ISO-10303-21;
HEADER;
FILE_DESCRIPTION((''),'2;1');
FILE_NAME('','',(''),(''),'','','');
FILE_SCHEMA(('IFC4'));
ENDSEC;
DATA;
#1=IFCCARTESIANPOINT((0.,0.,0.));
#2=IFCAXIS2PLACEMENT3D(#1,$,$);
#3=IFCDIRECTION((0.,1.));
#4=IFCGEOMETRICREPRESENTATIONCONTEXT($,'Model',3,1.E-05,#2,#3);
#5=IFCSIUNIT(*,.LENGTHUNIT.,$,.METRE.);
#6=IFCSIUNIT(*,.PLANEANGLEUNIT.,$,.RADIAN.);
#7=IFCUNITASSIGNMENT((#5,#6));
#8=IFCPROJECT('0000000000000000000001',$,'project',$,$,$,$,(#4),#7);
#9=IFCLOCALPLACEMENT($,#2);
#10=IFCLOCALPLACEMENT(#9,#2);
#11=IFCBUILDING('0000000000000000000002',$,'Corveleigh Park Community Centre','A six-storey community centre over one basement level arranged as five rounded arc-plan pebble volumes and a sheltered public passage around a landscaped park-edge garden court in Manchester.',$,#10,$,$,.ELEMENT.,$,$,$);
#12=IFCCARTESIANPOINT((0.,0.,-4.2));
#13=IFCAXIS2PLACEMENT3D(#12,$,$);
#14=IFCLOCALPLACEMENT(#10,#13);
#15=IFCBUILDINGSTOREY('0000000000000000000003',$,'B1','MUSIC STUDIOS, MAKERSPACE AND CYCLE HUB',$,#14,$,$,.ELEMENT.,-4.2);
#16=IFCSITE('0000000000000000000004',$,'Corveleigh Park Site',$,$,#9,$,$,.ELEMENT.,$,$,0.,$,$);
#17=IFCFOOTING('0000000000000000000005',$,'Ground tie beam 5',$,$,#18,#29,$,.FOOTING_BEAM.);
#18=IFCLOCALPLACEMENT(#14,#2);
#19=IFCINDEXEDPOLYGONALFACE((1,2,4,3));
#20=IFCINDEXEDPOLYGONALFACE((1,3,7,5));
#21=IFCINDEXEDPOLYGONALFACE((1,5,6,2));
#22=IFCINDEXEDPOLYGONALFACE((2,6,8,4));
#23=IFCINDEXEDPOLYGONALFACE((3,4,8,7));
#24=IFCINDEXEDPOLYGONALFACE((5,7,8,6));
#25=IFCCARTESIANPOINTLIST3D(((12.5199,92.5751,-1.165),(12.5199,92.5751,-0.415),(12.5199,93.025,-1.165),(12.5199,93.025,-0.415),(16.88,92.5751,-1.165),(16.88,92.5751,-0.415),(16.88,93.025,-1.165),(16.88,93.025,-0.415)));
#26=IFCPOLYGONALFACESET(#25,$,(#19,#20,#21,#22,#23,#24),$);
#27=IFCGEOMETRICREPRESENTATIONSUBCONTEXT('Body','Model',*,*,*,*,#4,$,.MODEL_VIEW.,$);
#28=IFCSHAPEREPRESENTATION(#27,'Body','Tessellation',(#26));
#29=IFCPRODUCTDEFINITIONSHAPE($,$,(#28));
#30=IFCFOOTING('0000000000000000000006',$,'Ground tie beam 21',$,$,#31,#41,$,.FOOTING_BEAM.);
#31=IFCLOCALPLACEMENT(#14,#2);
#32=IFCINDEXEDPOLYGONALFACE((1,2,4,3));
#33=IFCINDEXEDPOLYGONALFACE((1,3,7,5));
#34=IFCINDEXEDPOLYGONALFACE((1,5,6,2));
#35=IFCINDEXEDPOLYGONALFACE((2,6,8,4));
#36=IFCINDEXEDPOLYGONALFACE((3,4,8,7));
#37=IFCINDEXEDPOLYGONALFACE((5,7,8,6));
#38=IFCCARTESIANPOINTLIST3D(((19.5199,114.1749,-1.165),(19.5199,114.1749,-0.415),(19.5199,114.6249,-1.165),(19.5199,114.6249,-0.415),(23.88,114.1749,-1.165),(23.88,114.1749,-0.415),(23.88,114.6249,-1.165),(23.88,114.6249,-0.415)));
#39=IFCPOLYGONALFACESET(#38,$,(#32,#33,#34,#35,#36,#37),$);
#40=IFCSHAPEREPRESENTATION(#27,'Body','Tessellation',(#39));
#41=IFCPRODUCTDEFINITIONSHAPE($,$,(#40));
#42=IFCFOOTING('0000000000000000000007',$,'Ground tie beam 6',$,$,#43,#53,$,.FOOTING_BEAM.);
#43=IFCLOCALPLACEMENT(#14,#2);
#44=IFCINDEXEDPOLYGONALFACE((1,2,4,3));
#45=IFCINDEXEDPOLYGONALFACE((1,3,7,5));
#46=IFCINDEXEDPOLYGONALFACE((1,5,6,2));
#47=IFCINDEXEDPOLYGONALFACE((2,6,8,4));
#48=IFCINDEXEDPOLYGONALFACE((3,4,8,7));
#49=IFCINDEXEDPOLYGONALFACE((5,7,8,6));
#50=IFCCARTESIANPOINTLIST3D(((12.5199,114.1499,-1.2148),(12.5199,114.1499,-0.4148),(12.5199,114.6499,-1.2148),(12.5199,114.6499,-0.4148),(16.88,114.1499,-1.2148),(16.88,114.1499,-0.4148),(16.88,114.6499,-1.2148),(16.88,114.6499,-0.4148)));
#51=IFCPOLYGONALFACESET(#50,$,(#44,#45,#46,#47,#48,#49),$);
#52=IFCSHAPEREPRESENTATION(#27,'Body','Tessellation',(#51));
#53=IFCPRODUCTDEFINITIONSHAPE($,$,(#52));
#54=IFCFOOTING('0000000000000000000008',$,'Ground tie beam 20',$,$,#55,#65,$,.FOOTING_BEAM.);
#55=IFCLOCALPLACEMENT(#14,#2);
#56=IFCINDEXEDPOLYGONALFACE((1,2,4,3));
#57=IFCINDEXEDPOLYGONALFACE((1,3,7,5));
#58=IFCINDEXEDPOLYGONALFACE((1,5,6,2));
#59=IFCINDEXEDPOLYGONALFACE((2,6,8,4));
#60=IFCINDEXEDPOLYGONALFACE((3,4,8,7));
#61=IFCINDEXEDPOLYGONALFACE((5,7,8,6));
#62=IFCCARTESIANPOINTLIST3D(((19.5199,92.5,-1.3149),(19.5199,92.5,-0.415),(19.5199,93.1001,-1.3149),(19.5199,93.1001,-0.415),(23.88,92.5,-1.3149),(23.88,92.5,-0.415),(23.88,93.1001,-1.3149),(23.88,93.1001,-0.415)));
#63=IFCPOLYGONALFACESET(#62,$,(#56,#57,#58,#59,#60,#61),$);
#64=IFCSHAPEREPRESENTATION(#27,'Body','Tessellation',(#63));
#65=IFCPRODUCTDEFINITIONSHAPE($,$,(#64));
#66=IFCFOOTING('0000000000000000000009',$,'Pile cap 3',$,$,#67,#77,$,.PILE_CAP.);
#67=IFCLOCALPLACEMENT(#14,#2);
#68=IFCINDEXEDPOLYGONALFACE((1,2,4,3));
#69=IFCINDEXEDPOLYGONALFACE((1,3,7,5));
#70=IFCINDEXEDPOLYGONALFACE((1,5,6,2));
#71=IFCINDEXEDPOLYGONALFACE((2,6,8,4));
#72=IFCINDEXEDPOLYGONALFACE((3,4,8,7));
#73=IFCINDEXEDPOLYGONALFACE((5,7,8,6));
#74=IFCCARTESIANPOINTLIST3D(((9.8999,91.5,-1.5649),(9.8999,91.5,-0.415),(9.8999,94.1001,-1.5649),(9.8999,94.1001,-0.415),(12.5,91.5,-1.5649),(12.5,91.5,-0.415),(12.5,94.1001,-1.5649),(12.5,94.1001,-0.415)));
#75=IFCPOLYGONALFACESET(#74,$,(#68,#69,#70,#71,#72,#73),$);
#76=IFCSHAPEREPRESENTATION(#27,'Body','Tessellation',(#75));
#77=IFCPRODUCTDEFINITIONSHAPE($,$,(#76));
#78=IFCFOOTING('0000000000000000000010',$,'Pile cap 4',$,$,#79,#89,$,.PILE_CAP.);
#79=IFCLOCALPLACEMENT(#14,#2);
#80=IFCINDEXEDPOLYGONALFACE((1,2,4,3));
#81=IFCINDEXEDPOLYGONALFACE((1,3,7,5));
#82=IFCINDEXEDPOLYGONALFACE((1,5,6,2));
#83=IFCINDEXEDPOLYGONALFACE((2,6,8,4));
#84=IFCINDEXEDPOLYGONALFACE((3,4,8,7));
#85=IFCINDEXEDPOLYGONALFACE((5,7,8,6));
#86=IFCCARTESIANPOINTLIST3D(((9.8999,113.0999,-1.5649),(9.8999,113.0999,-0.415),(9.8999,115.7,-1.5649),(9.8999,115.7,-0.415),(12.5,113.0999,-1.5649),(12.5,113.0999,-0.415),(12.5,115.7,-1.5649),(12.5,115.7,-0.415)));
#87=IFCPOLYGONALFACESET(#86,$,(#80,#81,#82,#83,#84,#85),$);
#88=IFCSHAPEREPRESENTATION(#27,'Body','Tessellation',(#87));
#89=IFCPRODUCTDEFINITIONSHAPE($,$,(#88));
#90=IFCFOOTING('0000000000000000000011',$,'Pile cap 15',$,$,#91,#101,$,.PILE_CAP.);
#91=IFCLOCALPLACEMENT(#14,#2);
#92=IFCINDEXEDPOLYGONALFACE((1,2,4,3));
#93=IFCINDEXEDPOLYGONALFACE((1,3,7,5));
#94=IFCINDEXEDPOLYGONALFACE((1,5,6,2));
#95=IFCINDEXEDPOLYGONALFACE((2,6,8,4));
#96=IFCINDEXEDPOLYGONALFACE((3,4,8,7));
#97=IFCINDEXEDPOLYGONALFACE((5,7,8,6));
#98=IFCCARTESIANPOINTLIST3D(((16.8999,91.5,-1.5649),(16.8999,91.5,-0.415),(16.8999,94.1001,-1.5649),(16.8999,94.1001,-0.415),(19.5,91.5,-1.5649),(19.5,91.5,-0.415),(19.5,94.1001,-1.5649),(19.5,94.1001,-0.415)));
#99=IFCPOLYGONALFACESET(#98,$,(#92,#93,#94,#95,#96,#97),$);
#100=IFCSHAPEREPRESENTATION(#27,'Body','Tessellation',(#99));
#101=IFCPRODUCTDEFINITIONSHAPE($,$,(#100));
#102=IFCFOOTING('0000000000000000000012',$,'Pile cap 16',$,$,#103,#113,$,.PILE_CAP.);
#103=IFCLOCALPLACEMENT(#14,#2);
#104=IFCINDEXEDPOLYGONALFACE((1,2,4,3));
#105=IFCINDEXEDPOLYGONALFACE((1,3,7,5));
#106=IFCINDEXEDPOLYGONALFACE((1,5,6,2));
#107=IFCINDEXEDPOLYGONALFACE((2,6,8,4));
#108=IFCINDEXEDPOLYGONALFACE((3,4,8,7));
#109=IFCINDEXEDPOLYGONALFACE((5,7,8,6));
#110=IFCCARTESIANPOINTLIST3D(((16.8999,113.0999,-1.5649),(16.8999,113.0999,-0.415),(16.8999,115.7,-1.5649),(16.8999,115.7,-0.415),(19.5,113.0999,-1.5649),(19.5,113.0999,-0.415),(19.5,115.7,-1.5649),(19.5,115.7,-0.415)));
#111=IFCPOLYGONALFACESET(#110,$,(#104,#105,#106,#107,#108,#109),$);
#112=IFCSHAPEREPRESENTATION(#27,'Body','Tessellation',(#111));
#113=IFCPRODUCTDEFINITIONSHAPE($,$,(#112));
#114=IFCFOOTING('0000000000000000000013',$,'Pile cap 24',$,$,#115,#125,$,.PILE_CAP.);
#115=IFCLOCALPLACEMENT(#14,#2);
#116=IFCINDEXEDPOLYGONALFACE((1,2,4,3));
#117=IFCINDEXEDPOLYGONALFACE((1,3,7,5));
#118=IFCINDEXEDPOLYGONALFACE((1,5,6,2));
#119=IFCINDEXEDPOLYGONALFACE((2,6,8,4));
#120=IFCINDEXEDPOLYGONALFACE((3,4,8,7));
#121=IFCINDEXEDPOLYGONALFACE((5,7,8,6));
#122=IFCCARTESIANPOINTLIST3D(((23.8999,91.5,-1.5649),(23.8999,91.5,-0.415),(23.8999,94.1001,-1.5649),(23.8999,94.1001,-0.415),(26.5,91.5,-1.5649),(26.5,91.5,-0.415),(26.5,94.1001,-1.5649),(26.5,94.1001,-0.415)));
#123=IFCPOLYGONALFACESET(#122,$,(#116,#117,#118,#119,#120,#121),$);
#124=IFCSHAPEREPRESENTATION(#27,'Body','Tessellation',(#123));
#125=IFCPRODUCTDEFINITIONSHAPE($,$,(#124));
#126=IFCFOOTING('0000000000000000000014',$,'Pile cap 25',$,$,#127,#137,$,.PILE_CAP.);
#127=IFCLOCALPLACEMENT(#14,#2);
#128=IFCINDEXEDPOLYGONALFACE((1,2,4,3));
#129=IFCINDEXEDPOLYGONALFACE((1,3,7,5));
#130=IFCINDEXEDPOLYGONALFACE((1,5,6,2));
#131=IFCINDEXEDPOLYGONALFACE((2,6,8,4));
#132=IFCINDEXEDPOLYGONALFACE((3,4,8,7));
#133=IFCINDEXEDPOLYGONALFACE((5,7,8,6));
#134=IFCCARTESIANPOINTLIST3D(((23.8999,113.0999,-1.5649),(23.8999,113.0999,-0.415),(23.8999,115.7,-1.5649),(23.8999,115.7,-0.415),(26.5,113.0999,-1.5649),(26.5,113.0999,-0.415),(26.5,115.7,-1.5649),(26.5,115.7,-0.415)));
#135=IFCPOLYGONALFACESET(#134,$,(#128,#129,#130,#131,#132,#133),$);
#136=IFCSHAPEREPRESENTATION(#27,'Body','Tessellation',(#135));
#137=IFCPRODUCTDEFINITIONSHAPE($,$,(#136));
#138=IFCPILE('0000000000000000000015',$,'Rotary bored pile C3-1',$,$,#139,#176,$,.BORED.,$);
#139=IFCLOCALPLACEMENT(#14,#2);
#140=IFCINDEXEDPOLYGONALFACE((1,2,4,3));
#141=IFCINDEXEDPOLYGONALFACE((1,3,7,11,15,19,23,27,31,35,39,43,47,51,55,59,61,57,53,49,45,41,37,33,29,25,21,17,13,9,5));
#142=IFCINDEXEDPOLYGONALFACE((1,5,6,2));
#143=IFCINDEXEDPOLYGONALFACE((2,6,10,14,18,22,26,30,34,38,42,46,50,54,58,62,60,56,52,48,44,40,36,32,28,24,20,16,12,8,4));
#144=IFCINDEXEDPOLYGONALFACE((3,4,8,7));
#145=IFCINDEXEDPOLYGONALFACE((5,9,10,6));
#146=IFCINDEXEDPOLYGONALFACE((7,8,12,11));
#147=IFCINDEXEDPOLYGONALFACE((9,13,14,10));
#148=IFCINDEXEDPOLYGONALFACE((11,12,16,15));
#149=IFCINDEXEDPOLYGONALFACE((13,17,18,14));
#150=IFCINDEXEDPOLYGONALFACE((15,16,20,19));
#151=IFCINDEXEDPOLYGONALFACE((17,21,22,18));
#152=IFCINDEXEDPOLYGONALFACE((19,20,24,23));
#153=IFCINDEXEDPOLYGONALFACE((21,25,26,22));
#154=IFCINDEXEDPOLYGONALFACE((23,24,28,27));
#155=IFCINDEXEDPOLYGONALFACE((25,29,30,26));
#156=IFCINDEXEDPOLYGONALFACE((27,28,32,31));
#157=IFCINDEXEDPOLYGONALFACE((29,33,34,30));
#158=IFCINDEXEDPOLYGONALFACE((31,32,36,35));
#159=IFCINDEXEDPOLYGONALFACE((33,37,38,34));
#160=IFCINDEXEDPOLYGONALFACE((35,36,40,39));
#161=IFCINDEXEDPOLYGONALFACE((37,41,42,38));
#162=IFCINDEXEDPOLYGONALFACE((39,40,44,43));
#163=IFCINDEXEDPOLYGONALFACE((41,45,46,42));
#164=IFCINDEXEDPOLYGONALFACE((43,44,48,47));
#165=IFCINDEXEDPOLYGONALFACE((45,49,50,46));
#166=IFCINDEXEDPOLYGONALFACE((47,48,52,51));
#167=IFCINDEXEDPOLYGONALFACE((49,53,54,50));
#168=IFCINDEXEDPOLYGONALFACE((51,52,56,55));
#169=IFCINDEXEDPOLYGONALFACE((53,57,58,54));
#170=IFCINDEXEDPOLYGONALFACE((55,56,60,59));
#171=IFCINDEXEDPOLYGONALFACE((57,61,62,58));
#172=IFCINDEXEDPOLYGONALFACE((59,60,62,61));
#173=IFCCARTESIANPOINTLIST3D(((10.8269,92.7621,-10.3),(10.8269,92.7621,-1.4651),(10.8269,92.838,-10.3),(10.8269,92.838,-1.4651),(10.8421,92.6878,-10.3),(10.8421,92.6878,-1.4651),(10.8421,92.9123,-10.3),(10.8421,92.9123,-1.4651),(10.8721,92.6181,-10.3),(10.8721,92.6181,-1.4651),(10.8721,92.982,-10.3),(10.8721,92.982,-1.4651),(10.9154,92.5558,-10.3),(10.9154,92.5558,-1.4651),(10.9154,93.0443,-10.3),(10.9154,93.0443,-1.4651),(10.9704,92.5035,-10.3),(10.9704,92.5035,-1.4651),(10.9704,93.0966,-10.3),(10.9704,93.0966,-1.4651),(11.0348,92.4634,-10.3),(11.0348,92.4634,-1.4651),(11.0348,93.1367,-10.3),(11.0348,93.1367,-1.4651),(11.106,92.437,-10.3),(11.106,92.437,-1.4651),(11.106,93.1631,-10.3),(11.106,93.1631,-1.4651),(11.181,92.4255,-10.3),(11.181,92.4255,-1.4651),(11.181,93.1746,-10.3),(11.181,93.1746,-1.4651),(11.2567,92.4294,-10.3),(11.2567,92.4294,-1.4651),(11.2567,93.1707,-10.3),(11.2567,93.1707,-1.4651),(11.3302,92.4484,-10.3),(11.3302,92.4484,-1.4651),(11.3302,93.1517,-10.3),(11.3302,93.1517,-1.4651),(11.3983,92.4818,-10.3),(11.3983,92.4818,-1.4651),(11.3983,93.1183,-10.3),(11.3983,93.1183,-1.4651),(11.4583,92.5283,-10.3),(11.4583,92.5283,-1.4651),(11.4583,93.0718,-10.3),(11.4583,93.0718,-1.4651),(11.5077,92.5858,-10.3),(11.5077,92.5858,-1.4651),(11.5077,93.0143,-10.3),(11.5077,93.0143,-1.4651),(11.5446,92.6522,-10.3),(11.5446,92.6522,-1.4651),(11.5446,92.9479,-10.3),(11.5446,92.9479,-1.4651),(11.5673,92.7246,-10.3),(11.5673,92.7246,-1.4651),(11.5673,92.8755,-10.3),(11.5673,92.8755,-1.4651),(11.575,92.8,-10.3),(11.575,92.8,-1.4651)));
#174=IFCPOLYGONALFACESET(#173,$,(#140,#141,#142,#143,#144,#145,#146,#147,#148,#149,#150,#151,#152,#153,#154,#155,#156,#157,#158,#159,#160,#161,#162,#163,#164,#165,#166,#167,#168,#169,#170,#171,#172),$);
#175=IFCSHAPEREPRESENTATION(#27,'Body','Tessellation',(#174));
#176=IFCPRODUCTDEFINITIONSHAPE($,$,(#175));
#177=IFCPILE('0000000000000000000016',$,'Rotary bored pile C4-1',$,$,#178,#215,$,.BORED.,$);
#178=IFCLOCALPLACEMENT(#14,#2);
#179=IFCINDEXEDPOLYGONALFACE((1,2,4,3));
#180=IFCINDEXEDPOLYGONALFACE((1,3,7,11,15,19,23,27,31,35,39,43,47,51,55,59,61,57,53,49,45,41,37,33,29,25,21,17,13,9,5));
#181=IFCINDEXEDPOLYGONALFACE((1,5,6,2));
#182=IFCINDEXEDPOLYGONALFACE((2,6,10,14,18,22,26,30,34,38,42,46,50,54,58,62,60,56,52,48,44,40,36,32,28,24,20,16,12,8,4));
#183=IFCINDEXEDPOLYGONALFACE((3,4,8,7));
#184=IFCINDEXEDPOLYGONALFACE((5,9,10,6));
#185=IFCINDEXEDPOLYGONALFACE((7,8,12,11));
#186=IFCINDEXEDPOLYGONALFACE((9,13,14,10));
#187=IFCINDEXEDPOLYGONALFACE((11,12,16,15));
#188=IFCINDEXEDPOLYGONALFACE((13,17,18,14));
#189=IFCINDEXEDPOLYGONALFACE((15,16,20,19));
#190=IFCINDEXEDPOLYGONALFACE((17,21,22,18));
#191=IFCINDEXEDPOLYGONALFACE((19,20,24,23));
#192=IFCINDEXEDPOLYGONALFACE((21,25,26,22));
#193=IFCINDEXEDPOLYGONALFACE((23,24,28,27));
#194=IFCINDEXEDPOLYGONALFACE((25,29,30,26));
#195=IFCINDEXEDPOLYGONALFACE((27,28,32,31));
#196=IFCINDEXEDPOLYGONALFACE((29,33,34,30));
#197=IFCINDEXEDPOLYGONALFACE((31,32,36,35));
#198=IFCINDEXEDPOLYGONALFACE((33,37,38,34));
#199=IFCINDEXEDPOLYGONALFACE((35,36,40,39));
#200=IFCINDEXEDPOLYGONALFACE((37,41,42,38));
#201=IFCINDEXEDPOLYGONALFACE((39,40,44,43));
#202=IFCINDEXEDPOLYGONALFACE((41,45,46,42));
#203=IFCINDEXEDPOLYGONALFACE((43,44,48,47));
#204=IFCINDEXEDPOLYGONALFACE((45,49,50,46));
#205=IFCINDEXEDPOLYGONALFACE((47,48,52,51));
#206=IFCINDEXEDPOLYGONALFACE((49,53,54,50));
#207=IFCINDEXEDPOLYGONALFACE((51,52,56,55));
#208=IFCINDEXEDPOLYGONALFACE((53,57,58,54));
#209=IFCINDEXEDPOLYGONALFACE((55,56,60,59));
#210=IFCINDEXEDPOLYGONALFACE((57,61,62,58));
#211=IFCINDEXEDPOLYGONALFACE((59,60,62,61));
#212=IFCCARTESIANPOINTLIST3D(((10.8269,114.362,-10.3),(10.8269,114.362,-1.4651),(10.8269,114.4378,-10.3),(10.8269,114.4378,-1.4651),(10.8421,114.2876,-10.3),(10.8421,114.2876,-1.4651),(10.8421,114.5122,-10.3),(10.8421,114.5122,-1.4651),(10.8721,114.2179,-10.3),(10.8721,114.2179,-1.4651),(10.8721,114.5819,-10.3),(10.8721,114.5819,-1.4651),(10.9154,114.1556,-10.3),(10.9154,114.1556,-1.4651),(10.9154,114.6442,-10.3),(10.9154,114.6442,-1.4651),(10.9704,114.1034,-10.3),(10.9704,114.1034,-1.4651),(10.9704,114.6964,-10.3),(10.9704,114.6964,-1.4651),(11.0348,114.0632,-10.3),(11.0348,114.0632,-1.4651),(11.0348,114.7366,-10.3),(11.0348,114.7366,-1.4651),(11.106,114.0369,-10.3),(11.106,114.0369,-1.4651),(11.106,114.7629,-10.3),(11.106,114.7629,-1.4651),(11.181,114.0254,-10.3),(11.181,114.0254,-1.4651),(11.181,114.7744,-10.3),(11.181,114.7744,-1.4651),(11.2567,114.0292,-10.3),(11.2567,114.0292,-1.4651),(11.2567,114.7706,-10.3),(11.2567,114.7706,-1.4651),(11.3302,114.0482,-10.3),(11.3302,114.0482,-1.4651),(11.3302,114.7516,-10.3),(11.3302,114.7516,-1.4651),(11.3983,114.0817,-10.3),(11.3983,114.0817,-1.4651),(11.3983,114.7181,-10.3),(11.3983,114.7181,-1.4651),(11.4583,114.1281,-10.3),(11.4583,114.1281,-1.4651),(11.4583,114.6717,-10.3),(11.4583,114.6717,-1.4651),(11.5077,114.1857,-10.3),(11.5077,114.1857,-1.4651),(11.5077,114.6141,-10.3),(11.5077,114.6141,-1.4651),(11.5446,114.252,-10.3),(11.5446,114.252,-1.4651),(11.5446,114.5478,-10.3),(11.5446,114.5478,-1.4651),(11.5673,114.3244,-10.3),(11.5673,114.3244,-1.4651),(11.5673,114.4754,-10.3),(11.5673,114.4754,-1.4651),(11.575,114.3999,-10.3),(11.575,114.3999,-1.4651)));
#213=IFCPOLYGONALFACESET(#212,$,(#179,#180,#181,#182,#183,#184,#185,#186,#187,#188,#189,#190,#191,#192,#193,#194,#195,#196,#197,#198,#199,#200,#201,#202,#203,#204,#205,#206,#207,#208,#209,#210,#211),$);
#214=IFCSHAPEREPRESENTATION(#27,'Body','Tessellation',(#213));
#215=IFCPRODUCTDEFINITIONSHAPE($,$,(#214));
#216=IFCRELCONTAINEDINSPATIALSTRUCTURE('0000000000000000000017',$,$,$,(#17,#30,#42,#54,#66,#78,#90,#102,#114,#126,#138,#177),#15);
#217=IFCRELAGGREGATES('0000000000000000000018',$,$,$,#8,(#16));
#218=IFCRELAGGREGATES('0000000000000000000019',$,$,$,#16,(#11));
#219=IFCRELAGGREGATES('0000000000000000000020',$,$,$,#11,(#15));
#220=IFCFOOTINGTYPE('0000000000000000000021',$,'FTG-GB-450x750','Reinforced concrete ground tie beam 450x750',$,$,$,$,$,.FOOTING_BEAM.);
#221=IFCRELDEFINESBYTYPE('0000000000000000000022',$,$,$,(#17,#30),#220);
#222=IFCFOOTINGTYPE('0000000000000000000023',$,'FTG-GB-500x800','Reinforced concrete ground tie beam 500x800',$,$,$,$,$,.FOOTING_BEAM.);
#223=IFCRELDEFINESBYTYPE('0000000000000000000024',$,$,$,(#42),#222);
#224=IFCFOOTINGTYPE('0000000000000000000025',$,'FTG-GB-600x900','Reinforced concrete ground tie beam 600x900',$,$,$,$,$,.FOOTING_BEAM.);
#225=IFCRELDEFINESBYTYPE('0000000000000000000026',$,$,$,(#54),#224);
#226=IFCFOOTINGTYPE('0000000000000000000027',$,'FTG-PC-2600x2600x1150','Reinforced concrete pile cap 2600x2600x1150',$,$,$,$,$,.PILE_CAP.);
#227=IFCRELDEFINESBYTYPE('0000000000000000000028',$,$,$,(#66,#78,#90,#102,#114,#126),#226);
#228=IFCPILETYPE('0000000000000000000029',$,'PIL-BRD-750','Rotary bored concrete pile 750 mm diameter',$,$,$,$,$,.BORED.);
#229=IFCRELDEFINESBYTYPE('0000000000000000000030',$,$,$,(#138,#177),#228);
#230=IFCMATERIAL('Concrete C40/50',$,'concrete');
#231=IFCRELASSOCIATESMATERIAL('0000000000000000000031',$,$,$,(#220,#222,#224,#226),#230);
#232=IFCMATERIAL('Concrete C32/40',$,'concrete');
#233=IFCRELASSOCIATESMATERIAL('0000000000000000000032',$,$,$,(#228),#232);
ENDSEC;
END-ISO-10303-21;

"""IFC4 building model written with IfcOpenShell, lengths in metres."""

from ifc_helpers import new_model, si_unit, direction, frame, origin, origin_2d, place, context, subcontext, project, spatial, rectangle, circle, extrude, material, material_profile, profile_set, type_object, element, save


model = new_model("IFC4")

# Units and contexts
model_context = context("Model", 3, precision=1e-05, world=origin(), true_north=direction((0.0, 1.0)))
body_context = subcontext(model_context, "Body", "Model", "MODEL_VIEW")
ifc_project = project(units=[si_unit("LENGTHUNIT", "METRE"), si_unit("PLANEANGLEUNIT", "RADIAN")], contexts=[model_context])

# Site, building, storey
site_placement = place(None, origin())
site = spatial("IfcSite", under=ifc_project, at=site_placement, Name="Corveleigh Park Site", CompositionType="ELEMENT", RefElevation=0.0)
building_placement = place(site_placement, origin())
building = spatial("IfcBuilding", under=site, at=building_placement, Name="Corveleigh Park Community Centre", Description="A six-storey community centre over one basement level arranged as five rounded arc-plan pebble volumes and a sheltered public passage around a landscaped park-edge garden court in Manchester.", CompositionType="ELEMENT")
storey_placement = place(building_placement, frame((0.0, 0.0, -4.2)))
storey = spatial("IfcBuildingStorey", under=building, at=storey_placement, Name="B1", Description="MUSIC STUDIOS, MAKERSPACE AND CYCLE HUB", CompositionType="ELEMENT", Elevation=-4.2)

# Footings
ifc_material_1 = material(Name="Concrete C40/50", Category="concrete")
footing_type_1 = type_object("IfcFootingType", Name="FTG-GB-450x750", Description="Reinforced concrete ground tie beam 450x750", PredefinedType="FOOTING_BEAM", material=ifc_material_1)
for number, where, z_axis, x_axis, name in (
    (1, (14.7, 92.8, -1.165), (0.0, 0.0, 1.0), (1.0, 0.0, 0.0), "Ground tie beam 5"),
    (2, (21.7, 114.3999, -1.165), (0.0, 0.0, 1.0), (1.0, 0.0, 0.0), "Ground tie beam 21"),
):
    element("IfcFooting", number, at=place(storey_placement, frame(where, z_axis=z_axis, x_axis=x_axis)), inside=storey, type_object=footing_type_1, Name=name, PredefinedType="FOOTING_BEAM", context=body_context, shape_type="SweptSolid", body=[
        extrude(rectangle(XDim=4.3601, YDim=0.45, at=origin_2d()), origin(), (0.0, 0.0, 1.0), 0.75),
    ])
footing_type_2 = type_object("IfcFootingType", Name="FTG-GB-500x800", Description="Reinforced concrete ground tie beam 500x800", PredefinedType="FOOTING_BEAM", material=ifc_material_1)
footing_1_placement = place(storey_placement, frame((14.7, 114.3999, -1.2148), z_axis=(0.0, 0.0, 1.0), x_axis=(1.0, 0.0, 0.0)))
element("IfcFooting", 3, at=footing_1_placement, inside=storey, type_object=footing_type_2, Name="Ground tie beam 6", PredefinedType="FOOTING_BEAM", context=body_context, shape_type="SweptSolid", body=[
    extrude(rectangle(XDim=4.3601, YDim=0.5, at=origin_2d()), origin(), (0.0, 0.0, 1.0), 0.8),
])
footing_type_3 = type_object("IfcFootingType", Name="FTG-GB-600x900", Description="Reinforced concrete ground tie beam 600x900", PredefinedType="FOOTING_BEAM", material=ifc_material_1)
footing_2_placement = place(storey_placement, frame((21.7, 92.8, -1.3149), z_axis=(0.0, 0.0, 1.0), x_axis=(1.0, 0.0, 0.0)))
element("IfcFooting", 4, at=footing_2_placement, inside=storey, type_object=footing_type_3, Name="Ground tie beam 20", PredefinedType="FOOTING_BEAM", context=body_context, shape_type="SweptSolid", body=[
    extrude(rectangle(XDim=4.3601, YDim=0.6001, at=origin_2d()), origin(), (0.0, 0.0, 1.0), 0.8999),
])
footing_type_4 = type_object("IfcFootingType", Name="FTG-PC-2600x2600x1150", Description="Reinforced concrete pile cap 2600x2600x1150", PredefinedType="PILE_CAP", material=ifc_material_1)
for number, where, z_axis, x_axis, name in (
    (5, (11.2, 92.8, -1.5649), (0.0, 0.0, 1.0), (1.0, 0.0, 0.0), "Pile cap 3"),
    (6, (11.2, 114.3999, -1.5649), (0.0, 0.0, 1.0), (1.0, 0.0, 0.0), "Pile cap 4"),
    (7, (18.2, 92.8, -1.5649), (0.0, 0.0, 1.0), (1.0, 0.0, 0.0), "Pile cap 15"),
    (8, (18.2, 114.3999, -1.5649), (0.0, 0.0, 1.0), (1.0, 0.0, 0.0), "Pile cap 16"),
    (9, (25.2, 92.8, -1.5649), (0.0, 0.0, 1.0), (1.0, 0.0, 0.0), "Pile cap 24"),
    (10, (25.2, 114.3999, -1.5649), (0.0, 0.0, 1.0), (1.0, 0.0, 0.0), "Pile cap 25"),
):
    element("IfcFooting", number, at=place(storey_placement, frame(where, z_axis=z_axis, x_axis=x_axis)), inside=storey, type_object=footing_type_4, Name=name, PredefinedType="PILE_CAP", context=body_context, shape_type="SweptSolid", body=[
        extrude(rectangle(XDim=2.6001, YDim=2.6001, at=origin_2d()), origin(), (0.0, 0.0, 1.0), 1.1499),
    ])

# Piles
ifc_material_2 = material(Name="Concrete C32/40", Category="concrete")
ifc_material_profile_1 = material_profile(ifc_material_2, circle(Radius=0.375, at=origin_2d()), Name="BORED-PILE-750", Category="concrete")
ifc_profile_set_1 = profile_set([ifc_material_profile_1], Name="Concrete C32/40")
pile_type = type_object("IfcPileType", Name="PIL-BRD-750", Description="Rotary bored concrete pile 750 mm diameter", PredefinedType="BORED", material=ifc_profile_set_1)
for number, where, z_axis, x_axis, name in (
    (11, (11.2, 92.8, -1.4651), (0.0, 0.0, -1.0), (1.0, 0.0, 0.0), "Rotary bored pile C3-1"),
    (12, (11.2, 114.3999, -1.4651), (0.0, 0.0, -1.0), (1.0, 0.0, 0.0), "Rotary bored pile C4-1"),
):
    element("IfcPile", number, at=place(storey_placement, frame(where, z_axis=z_axis, x_axis=x_axis)), inside=storey, type_object=pile_type, Name=name, PredefinedType="BORED", context=body_context, shape_type="SweptSolid", body=[
        extrude(circle(Radius=0.375, at=origin_2d()), origin(), (0.0, 0.0, 1.0), 8.835),
    ])

save(model, "model.ifc")
